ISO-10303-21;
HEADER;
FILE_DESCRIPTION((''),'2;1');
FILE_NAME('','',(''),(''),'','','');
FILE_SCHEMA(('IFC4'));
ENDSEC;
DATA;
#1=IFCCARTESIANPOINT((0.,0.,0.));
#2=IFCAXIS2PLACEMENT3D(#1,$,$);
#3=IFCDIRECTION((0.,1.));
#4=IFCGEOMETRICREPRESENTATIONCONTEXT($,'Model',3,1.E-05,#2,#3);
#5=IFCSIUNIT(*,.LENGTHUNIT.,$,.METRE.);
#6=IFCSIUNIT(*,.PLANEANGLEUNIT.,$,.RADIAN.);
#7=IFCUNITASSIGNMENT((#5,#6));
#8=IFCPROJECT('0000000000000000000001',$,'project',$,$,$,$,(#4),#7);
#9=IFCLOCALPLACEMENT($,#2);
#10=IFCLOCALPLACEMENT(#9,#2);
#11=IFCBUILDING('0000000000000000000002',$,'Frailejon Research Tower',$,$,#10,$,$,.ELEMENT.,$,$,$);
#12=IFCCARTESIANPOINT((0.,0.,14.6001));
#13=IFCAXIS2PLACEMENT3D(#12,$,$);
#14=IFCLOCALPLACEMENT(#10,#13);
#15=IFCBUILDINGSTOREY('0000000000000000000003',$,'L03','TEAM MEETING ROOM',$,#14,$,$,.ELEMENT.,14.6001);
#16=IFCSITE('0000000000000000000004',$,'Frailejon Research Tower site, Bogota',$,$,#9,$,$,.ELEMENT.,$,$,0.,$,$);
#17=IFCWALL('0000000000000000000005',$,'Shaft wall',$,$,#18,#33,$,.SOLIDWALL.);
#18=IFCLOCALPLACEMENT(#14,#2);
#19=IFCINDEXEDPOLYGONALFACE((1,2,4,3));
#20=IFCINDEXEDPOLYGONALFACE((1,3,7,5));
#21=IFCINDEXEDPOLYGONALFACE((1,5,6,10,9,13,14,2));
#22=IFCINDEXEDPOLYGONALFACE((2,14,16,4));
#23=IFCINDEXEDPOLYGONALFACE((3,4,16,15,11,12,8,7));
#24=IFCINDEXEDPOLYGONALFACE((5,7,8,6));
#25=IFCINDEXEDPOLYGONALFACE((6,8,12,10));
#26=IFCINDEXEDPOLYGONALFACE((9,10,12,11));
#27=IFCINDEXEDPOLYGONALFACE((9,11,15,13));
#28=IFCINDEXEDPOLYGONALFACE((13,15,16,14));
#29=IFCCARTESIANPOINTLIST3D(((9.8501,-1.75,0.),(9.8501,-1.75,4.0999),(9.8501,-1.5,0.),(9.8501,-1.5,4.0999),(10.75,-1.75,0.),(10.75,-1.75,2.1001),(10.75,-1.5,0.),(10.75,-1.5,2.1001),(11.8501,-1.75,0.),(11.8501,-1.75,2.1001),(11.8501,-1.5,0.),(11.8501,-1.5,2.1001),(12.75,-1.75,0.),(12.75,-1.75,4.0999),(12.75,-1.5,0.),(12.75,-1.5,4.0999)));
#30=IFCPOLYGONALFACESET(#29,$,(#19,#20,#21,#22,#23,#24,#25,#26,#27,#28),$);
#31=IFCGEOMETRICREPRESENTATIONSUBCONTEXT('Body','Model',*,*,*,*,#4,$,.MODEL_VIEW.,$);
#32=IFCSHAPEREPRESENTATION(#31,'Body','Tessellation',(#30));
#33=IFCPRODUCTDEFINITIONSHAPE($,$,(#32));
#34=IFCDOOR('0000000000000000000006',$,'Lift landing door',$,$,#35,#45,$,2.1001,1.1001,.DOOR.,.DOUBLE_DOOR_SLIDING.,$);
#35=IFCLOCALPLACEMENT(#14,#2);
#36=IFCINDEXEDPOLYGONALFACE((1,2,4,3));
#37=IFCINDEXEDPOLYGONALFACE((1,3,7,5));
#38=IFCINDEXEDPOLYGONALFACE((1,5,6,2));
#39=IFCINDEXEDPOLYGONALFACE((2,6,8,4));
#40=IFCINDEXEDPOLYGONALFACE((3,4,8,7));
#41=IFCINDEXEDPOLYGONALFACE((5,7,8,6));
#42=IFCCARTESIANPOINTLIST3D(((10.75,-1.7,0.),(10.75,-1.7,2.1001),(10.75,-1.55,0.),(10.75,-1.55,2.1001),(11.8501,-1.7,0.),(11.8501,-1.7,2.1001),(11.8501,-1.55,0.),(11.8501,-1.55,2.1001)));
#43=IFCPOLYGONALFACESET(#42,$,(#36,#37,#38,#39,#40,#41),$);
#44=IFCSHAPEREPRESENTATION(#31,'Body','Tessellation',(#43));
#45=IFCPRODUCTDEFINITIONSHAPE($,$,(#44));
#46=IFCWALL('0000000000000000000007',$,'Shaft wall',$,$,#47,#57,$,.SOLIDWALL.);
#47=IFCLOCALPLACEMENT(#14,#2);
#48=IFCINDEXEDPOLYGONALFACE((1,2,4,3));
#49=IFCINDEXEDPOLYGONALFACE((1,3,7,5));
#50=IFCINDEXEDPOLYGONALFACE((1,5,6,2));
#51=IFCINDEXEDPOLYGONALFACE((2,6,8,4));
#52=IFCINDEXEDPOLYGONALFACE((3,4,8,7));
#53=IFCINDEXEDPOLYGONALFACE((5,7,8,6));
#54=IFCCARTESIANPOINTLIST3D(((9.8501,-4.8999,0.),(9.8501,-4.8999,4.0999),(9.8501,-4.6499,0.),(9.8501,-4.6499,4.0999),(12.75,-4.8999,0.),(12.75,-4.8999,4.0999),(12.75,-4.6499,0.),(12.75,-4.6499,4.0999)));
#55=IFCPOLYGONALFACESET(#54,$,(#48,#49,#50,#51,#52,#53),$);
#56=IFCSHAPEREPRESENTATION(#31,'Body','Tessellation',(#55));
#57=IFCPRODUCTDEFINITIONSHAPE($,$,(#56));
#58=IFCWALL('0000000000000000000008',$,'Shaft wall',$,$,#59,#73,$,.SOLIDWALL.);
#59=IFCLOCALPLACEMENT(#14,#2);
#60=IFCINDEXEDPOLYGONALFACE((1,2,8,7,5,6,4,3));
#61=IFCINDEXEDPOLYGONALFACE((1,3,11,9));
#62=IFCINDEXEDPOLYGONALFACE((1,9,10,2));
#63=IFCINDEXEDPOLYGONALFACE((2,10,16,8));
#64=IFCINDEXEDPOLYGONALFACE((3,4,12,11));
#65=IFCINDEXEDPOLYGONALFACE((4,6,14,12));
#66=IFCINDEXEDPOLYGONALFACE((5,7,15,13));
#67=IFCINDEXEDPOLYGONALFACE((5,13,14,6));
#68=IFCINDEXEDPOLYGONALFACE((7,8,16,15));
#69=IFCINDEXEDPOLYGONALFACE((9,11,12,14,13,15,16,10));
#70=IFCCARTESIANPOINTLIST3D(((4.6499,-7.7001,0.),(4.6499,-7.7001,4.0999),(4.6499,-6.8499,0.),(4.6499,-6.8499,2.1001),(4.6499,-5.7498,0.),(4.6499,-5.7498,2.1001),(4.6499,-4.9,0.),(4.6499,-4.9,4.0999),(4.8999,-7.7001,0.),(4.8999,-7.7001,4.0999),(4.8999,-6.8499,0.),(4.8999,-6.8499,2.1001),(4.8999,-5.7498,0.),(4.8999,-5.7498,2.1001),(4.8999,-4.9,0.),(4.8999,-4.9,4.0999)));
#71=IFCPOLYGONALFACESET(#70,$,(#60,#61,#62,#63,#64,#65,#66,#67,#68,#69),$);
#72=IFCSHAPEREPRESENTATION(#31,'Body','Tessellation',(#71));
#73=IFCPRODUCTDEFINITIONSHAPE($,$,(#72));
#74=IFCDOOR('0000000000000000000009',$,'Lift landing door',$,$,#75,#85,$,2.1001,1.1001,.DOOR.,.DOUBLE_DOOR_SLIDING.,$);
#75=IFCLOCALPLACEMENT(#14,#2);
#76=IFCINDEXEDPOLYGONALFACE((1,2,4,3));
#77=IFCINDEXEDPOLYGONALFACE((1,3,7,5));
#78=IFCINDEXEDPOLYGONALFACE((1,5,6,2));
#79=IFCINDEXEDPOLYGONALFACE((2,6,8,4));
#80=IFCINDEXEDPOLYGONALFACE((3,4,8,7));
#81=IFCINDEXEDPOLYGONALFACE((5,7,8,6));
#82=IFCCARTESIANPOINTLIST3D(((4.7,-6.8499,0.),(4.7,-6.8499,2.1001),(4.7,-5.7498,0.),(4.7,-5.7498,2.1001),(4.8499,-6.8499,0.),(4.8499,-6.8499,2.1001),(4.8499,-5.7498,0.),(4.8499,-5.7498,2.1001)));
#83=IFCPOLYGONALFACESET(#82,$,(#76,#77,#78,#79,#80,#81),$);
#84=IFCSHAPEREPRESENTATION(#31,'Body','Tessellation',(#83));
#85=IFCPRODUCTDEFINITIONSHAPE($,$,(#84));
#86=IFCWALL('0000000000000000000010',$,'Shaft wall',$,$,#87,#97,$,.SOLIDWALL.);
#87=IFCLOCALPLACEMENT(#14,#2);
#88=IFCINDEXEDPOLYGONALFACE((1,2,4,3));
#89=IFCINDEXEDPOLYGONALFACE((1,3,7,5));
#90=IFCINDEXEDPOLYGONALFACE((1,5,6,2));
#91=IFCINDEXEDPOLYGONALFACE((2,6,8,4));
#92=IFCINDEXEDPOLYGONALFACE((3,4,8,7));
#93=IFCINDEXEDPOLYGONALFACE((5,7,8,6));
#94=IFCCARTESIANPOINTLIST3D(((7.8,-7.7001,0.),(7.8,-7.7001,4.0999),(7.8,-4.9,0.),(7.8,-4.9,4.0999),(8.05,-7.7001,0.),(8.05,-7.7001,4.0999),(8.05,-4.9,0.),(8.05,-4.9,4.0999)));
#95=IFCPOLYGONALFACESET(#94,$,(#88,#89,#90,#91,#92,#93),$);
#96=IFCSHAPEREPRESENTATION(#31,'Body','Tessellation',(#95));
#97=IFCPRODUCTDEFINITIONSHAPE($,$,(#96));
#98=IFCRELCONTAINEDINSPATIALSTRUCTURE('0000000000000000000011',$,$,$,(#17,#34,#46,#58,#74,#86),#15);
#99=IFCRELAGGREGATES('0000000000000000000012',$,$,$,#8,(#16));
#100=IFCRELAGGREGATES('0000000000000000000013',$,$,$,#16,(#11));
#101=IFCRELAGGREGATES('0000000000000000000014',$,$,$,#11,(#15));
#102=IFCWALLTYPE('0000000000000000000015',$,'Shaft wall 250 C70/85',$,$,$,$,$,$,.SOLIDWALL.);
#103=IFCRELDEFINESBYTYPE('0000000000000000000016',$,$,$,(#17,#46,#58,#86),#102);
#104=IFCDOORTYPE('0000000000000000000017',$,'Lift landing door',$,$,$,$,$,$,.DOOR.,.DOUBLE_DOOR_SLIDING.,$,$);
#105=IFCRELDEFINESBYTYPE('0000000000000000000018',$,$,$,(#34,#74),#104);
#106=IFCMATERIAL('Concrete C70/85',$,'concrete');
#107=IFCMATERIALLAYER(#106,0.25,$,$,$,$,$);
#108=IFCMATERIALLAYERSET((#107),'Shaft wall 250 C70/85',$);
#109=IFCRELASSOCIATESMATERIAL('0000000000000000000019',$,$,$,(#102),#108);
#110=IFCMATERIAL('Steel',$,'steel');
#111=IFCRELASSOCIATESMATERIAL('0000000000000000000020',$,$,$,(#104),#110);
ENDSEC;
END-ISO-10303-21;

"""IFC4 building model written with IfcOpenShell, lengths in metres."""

from ifc_helpers import new_model, si_unit, direction, frame, frame_2d, origin, place, context, subcontext, project, spatial, rectangle, extrude, material, layer, layer_set, type_object, element, fill, save


model = new_model("IFC4")

# Units and contexts
model_context = context("Model", 3, precision=1e-05, world=origin(), true_north=direction((0.0, 1.0)))
body_context = subcontext(model_context, "Body", "Model", "MODEL_VIEW")
ifc_project = project(units=[si_unit("LENGTHUNIT", "METRE"), si_unit("PLANEANGLEUNIT", "RADIAN")], contexts=[model_context])

# Site, building, storey
site_placement = place(None, origin())
site = spatial("IfcSite", under=ifc_project, at=site_placement, Name="Frailejon Research Tower site, Bogota", CompositionType="ELEMENT", RefElevation=0.0)
building_placement = place(site_placement, origin())
building = spatial("IfcBuilding", under=site, at=building_placement, Name="Frailejon Research Tower", CompositionType="ELEMENT")
storey_placement = place(building_placement, frame((0.0, 0.0, 14.6001)))
storey = spatial("IfcBuildingStorey", under=building, at=storey_placement, Name="L03", Description="TEAM MEETING ROOM", CompositionType="ELEMENT", Elevation=14.6001)

# Wall, opening, door
ifc_material_1 = material(Name="Concrete C70/85", Category="concrete")
ifc_layer_1 = layer(ifc_material_1, 0.25)
ifc_layer_set_1 = layer_set([ifc_layer_1], Name="Shaft wall 250 C70/85")
wall_type_1 = type_object("IfcWallType", Name="Shaft wall 250 C70/85", PredefinedType="SOLIDWALL", material=ifc_layer_set_1)
ifc_material_2 = material(Name="Steel", Category="steel")
door_type_1 = type_object("IfcDoorType", Name="Lift landing door", OperationType="DOUBLE_DOOR_SLIDING", PredefinedType="DOOR", material=ifc_material_2)
wall_1_placement = place(storey_placement, frame((9.8501, -1.625, 0.0), z_axis=(0.0, 0.0, 1.0), x_axis=(1.0, 0.0, 0.0)))
wall_1 = element("IfcWall", 1, at=wall_1_placement, inside=storey, type_object=wall_type_1, Name="Shaft wall", PredefinedType="SOLIDWALL", context=body_context, shape_type="SweptSolid", body=[
    extrude(rectangle(XDim=2.8999, YDim=0.25, at=frame_2d((1.45, 0.0))), origin(), (0.0, 0.0, 1.0), 4.0999),
])
opening_1_placement = place(wall_1_placement, frame((0.8999, 0.0, 0.0)))
opening_1 = element("IfcOpeningElement", 2, at=opening_1_placement, cuts=wall_1, PredefinedType="OPENING", context=body_context, shape_type="SweptSolid", body=[
    extrude(rectangle(XDim=1.1001, YDim=2.1001, at=frame_2d((0.55, 1.05))), frame((0.0, 0.135, 0.0), z_axis=(0.0, -1.0, 0.0), x_axis=(1.0, 0.0, 0.0)), (0.0, 0.0, 1.0), 0.27),
])
door_1_placement = place(opening_1_placement, origin())
door_1 = element("IfcDoor", 3, at=door_1_placement, inside=storey, type_object=door_type_1, Name="Lift landing door", OperationType="DOUBLE_DOOR_SLIDING", OverallHeight=2.1001, OverallWidth=1.1001, PredefinedType="DOOR", context=body_context, shape_type="SweptSolid", body=[
    extrude(rectangle(XDim=1.1001, YDim=2.1001, at=frame_2d((0.55, 1.05))), frame((0.0, 0.075, 0.0), z_axis=(0.0, -1.0, 0.0), x_axis=(1.0, 0.0, 0.0)), (0.0, 0.0, 1.0), 0.1499),
])
fill(opening_1, door_1)

# Wall
wall_2_placement = place(storey_placement, frame((9.8501, -4.7749, 0.0), z_axis=(0.0, 0.0, 1.0), x_axis=(1.0, 0.0, 0.0)))
element("IfcWall", 4, at=wall_2_placement, inside=storey, type_object=wall_type_1, Name="Shaft wall", PredefinedType="SOLIDWALL", context=body_context, shape_type="SweptSolid", body=[
    extrude(rectangle(XDim=2.8999, YDim=0.25, at=frame_2d((1.45, 0.0))), origin(), (0.0, 0.0, 1.0), 4.0999),
])

# Wall, opening, door
wall_3_placement = place(storey_placement, frame((4.7749, -7.7, 0.0), z_axis=(0.0, 0.0, 1.0), x_axis=(0.0, 1.0, 0.0)))
wall_3 = element("IfcWall", 5, at=wall_3_placement, inside=storey, type_object=wall_type_1, Name="Shaft wall", PredefinedType="SOLIDWALL", context=body_context, shape_type="SweptSolid", body=[
    extrude(rectangle(XDim=2.8, YDim=0.25, at=frame_2d((1.3999, 0.0))), origin(), (0.0, 0.0, 1.0), 4.0999),
])
opening_2_placement = place(wall_3_placement, frame((0.8501, 0.0, 0.0)))
opening_2 = element("IfcOpeningElement", 6, at=opening_2_placement, cuts=wall_3, PredefinedType="OPENING", context=body_context, shape_type="SweptSolid", body=[
    extrude(rectangle(XDim=1.1001, YDim=2.1001, at=frame_2d((0.55, 1.05))), frame((0.0, 0.135, 0.0), z_axis=(0.0, -1.0, 0.0), x_axis=(1.0, 0.0, 0.0)), (0.0, 0.0, 1.0), 0.27),
])
door_2_placement = place(opening_2_placement, origin())
door_2 = element("IfcDoor", 7, at=door_2_placement, inside=storey, type_object=door_type_1, Name="Lift landing door", OperationType="DOUBLE_DOOR_SLIDING", OverallHeight=2.1001, OverallWidth=1.1001, PredefinedType="DOOR", context=body_context, shape_type="SweptSolid", body=[
    extrude(rectangle(XDim=1.1001, YDim=2.1001, at=frame_2d((0.55, 1.05))), frame((0.0, 0.075, 0.0), z_axis=(0.0, -1.0, 0.0), x_axis=(1.0, 0.0, 0.0)), (0.0, 0.0, 1.0), 0.1499),
])
fill(opening_2, door_2)

# Wall
wall_4_placement = place(storey_placement, frame((7.925, -7.7, 0.0), z_axis=(0.0, 0.0, 1.0), x_axis=(0.0, 1.0, 0.0)))
element("IfcWall", 8, at=wall_4_placement, inside=storey, type_object=wall_type_1, Name="Shaft wall", PredefinedType="SOLIDWALL", context=body_context, shape_type="SweptSolid", body=[
    extrude(rectangle(XDim=2.8, YDim=0.25, at=frame_2d((1.3999, 0.0))), origin(), (0.0, 0.0, 1.0), 4.0999),
])

save(model, "model.ifc")
